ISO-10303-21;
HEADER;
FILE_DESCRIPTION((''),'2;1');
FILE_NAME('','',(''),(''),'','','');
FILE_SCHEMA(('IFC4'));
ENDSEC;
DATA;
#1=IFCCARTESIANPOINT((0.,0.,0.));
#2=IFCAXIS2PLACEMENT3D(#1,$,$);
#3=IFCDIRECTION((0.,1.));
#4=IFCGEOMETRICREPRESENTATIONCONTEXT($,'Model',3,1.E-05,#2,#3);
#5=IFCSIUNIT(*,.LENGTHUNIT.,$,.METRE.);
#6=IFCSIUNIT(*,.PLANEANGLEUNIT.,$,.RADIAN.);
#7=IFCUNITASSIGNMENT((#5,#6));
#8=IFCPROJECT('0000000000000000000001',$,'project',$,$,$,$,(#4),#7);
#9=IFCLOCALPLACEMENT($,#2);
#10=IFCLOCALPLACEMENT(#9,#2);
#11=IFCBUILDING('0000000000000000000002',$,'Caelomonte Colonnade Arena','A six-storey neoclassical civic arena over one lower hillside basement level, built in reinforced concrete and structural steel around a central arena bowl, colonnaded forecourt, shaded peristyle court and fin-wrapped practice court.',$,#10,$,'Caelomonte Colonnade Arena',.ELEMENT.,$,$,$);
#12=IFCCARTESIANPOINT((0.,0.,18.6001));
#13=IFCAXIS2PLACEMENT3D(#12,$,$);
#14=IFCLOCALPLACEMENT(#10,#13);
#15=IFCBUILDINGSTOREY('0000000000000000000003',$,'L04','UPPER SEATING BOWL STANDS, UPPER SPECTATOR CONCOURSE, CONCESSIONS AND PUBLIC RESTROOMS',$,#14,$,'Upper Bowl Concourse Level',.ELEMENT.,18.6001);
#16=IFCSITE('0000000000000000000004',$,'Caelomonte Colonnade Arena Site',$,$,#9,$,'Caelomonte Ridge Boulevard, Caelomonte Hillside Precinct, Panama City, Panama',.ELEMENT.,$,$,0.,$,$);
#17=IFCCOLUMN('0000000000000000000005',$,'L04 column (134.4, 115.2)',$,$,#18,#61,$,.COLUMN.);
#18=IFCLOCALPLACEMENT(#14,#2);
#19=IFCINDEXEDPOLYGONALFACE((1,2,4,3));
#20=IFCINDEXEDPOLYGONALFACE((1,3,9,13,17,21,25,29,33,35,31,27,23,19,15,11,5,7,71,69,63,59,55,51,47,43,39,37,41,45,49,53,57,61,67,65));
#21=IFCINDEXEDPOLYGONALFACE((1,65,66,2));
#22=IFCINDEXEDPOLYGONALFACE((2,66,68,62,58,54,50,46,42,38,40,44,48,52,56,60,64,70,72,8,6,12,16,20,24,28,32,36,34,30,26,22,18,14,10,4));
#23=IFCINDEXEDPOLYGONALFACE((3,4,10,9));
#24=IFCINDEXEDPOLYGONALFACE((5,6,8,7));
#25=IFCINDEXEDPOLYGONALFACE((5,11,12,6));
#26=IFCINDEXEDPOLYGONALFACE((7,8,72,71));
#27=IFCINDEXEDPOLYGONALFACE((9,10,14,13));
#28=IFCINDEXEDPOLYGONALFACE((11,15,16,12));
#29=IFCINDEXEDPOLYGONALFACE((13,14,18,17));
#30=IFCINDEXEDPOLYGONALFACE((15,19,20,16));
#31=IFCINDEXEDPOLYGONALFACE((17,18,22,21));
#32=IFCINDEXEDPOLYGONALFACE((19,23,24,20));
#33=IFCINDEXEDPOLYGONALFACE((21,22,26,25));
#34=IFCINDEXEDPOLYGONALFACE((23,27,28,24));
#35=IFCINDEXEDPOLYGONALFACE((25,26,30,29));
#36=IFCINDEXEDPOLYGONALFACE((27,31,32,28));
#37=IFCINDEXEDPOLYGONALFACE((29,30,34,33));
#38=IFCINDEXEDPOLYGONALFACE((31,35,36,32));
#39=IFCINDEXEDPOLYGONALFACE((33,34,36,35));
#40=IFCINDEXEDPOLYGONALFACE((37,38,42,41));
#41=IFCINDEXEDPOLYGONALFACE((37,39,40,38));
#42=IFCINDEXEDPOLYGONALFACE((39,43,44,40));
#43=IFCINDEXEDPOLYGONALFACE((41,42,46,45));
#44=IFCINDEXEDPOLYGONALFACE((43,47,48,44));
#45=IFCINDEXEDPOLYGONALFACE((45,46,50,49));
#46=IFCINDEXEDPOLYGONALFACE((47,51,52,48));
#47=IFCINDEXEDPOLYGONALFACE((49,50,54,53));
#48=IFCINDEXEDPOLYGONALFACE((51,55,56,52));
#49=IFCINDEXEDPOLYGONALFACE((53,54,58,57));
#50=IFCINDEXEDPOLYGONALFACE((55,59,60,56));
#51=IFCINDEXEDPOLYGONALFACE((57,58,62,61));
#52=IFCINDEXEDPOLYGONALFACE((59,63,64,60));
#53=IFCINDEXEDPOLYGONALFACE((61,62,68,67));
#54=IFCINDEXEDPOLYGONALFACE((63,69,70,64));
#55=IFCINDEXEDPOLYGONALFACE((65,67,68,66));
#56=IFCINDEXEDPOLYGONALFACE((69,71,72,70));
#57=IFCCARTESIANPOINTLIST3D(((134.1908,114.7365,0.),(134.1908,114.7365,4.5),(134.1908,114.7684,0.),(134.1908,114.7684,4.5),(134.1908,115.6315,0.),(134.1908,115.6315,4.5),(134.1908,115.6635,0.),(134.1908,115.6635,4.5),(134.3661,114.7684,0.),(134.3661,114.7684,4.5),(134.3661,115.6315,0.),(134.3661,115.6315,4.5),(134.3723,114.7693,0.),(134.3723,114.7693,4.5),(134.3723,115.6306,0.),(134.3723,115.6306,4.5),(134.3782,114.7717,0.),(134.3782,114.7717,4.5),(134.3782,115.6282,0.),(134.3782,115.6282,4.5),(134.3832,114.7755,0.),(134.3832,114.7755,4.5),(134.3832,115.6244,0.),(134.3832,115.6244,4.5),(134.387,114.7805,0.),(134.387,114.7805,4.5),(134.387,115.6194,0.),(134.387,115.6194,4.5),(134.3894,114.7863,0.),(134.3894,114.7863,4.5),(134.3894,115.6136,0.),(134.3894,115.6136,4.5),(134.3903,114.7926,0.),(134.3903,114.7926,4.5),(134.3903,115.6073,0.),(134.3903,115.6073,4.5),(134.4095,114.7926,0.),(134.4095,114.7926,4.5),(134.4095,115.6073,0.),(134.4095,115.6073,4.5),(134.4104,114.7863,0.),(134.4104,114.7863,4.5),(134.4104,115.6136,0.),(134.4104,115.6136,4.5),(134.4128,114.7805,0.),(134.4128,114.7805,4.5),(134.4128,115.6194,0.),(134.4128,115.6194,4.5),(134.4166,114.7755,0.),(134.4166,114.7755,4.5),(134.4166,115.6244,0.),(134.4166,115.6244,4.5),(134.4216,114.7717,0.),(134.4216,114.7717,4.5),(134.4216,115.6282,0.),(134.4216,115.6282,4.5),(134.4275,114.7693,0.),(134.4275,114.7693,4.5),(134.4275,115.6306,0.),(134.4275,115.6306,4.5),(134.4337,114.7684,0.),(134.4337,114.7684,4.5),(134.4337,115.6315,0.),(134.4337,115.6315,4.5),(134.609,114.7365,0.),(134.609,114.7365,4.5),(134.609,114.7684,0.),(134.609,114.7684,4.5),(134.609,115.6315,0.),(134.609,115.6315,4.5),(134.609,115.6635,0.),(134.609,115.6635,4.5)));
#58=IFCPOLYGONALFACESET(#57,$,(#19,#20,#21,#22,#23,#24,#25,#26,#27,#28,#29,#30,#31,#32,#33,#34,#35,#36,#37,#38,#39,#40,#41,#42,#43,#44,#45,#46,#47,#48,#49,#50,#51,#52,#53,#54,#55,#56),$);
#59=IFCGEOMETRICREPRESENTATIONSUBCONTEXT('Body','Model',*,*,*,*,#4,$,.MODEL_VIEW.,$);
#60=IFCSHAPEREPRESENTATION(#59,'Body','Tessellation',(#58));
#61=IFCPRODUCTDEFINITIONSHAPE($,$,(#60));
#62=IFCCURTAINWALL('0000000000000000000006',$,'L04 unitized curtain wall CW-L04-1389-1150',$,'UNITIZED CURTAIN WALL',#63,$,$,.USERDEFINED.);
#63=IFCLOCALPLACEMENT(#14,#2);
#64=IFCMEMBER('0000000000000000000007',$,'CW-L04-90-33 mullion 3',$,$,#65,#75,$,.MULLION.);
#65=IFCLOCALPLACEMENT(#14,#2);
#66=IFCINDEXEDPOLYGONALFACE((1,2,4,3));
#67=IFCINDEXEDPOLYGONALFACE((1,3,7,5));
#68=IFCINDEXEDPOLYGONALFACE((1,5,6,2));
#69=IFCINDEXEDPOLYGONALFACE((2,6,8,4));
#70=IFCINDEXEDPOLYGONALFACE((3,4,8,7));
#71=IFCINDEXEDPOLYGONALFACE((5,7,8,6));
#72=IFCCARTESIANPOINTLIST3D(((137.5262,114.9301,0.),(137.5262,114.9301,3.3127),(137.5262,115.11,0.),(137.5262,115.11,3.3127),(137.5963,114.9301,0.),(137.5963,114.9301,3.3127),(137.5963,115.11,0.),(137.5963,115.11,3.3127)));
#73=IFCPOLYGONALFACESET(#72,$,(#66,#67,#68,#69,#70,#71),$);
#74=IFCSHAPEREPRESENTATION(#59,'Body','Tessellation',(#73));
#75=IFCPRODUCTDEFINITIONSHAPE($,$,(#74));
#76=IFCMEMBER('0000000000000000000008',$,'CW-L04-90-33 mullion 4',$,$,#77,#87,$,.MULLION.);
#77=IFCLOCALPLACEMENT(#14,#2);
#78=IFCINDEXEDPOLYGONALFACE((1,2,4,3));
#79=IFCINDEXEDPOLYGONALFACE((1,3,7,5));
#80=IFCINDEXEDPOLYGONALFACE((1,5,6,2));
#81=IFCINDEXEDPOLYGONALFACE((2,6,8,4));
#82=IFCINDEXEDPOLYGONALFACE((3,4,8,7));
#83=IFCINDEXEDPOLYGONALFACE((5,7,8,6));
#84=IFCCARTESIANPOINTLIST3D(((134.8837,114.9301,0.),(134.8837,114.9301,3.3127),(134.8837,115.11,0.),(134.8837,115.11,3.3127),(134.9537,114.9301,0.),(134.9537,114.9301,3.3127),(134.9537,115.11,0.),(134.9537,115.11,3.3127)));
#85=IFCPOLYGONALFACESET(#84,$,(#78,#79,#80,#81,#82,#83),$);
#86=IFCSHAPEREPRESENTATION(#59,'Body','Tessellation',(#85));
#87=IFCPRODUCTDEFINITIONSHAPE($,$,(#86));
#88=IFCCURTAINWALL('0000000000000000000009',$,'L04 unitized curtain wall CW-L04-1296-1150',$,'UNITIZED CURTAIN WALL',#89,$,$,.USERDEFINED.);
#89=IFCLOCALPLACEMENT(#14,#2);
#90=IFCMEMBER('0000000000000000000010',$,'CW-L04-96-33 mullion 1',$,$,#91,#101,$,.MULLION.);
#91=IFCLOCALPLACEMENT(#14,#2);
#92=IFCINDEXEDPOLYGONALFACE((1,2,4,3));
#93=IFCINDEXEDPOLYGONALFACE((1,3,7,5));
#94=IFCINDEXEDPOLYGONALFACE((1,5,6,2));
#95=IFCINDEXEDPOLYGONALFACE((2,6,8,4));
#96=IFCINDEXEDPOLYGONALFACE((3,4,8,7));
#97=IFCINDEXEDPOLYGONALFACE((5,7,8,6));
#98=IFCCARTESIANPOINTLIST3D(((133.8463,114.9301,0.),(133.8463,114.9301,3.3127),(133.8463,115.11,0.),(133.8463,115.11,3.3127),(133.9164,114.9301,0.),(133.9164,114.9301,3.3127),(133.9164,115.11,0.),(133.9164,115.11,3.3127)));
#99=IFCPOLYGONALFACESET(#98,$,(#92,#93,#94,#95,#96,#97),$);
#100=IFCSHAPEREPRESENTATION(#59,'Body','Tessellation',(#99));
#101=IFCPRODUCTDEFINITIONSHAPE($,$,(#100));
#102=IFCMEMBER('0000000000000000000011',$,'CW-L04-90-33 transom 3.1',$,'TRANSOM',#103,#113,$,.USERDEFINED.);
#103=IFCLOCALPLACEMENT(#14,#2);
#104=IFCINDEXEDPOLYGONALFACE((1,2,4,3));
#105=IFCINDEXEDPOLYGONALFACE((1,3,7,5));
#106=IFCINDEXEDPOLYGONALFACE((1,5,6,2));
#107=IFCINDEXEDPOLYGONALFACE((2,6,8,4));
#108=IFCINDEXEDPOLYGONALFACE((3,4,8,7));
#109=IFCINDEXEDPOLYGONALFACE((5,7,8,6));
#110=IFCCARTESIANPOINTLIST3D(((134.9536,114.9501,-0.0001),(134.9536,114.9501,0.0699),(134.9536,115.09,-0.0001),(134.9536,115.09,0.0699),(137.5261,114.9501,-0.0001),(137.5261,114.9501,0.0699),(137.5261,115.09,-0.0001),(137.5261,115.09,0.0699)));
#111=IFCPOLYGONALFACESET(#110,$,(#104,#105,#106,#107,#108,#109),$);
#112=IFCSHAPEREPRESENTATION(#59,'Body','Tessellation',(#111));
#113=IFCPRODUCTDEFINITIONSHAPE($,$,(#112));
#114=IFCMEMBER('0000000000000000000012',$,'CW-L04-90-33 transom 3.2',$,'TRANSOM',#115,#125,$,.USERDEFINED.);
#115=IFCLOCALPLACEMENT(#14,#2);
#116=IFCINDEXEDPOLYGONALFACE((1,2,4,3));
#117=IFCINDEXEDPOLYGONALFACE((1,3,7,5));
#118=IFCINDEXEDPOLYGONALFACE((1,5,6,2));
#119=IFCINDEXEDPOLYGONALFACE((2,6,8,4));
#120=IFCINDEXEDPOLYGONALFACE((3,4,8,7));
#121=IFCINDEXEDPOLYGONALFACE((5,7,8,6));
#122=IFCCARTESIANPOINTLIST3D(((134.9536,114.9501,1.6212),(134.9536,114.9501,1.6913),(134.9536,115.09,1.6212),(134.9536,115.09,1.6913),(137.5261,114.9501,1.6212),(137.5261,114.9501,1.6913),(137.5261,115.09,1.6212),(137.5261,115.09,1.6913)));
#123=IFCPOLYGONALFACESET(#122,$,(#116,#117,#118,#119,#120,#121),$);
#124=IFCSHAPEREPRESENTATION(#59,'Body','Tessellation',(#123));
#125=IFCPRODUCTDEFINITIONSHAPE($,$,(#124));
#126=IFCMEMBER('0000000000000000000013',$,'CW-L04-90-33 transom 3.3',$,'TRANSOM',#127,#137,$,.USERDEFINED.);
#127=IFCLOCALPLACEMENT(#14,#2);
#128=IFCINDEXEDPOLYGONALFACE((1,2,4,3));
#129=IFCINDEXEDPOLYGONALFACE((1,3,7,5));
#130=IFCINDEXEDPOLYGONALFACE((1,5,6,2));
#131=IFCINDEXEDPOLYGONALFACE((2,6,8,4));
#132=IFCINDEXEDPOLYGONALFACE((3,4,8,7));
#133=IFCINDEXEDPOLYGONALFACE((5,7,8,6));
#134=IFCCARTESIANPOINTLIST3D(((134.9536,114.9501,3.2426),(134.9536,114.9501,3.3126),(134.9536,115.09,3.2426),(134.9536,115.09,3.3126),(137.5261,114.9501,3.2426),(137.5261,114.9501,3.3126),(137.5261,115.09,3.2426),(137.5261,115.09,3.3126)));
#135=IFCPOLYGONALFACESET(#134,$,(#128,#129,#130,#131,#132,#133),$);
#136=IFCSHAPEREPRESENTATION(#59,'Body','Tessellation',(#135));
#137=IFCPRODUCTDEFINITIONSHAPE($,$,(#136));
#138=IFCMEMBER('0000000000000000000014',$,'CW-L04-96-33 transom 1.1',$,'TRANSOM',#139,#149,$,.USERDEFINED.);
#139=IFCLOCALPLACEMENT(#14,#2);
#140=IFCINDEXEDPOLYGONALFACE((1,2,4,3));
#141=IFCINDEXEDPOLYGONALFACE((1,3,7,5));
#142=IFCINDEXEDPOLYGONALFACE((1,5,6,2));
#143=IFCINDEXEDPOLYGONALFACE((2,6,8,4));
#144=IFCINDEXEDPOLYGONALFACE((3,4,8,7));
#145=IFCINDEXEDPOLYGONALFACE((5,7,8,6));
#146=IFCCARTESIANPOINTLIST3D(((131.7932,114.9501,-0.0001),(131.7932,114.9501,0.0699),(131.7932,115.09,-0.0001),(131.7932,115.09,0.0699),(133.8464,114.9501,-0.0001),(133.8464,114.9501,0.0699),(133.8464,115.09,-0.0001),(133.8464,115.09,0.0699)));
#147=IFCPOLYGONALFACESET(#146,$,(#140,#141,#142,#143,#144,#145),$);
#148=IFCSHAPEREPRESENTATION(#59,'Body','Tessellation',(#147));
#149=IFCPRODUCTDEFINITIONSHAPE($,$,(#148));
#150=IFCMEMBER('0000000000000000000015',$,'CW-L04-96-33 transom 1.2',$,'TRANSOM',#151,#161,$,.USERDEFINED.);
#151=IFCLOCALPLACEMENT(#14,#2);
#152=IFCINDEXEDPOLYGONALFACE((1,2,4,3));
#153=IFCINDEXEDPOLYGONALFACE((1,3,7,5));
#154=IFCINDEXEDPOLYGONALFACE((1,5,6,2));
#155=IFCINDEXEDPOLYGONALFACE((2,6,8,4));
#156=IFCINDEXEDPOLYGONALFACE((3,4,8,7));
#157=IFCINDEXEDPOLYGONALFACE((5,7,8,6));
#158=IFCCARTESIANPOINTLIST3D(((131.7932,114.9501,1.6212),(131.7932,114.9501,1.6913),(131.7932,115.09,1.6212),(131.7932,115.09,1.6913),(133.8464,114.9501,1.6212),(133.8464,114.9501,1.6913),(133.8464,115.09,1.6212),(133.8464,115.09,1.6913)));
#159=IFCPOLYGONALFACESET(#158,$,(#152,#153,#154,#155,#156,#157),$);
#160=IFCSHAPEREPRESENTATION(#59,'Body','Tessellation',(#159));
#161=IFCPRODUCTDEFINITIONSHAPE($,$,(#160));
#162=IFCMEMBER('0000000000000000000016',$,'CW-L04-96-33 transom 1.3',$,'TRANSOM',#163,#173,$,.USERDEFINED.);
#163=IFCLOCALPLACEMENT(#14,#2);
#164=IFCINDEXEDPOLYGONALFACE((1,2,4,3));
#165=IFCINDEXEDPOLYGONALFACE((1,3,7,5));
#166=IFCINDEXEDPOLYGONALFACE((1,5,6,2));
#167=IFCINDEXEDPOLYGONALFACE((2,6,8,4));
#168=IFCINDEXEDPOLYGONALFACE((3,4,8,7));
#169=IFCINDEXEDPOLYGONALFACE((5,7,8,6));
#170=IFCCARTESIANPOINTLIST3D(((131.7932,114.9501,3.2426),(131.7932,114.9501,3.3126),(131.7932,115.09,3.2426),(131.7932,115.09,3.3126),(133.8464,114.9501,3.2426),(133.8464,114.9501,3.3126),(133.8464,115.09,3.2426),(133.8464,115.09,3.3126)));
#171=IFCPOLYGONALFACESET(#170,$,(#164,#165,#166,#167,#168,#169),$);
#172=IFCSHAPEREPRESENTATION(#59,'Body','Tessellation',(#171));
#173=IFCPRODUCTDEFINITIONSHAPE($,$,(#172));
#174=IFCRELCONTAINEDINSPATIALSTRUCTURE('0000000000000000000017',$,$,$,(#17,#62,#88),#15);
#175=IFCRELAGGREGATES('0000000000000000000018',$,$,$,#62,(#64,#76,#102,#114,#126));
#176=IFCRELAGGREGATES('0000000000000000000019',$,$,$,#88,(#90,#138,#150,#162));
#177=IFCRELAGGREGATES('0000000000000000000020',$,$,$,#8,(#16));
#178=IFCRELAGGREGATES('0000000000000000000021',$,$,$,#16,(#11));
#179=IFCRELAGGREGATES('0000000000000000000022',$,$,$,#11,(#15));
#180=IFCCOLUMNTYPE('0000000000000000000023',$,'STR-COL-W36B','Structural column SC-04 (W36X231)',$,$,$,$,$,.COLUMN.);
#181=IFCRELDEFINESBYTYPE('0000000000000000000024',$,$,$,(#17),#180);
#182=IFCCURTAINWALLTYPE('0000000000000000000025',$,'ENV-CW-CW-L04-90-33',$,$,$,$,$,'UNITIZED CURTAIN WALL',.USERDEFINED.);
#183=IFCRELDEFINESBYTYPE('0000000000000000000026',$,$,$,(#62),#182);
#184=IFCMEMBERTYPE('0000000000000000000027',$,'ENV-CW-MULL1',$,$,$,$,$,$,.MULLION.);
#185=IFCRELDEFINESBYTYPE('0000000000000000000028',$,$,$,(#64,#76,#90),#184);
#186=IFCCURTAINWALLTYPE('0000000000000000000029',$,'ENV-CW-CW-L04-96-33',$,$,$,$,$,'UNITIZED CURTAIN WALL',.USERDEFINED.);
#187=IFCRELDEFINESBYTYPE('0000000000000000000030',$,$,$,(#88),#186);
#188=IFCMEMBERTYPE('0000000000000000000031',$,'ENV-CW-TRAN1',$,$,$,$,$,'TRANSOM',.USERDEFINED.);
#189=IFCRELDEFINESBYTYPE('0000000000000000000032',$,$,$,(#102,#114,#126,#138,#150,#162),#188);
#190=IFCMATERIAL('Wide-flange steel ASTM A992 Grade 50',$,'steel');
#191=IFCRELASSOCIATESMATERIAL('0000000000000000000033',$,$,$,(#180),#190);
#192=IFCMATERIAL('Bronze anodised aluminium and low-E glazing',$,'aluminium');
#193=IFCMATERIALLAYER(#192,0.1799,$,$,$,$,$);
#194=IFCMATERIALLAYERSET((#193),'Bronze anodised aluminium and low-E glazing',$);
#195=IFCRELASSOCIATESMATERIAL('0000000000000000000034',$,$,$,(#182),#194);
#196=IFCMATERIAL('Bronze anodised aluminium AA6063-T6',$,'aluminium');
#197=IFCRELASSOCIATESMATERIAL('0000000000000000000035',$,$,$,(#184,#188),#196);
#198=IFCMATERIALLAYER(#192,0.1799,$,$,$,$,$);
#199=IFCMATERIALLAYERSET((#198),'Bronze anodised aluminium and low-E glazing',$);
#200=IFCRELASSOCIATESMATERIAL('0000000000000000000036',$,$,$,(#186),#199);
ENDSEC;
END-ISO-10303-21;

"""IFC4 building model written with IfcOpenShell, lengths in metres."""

from ifc_helpers import new_model, si_unit, direction, frame, origin, origin_2d, place, context, subcontext, project, spatial, rectangle, i_section, extrude, material, layer, layer_set, material_profile, profile_set, type_object, element, aggregate, save


model = new_model("IFC4")

# Units and contexts
model_context = context("Model", 3, precision=1e-05, world=origin(), true_north=direction((0.0, 1.0)))
body_context = subcontext(model_context, "Body", "Model", "MODEL_VIEW")
ifc_project = project(units=[si_unit("LENGTHUNIT", "METRE"), si_unit("PLANEANGLEUNIT", "RADIAN")], contexts=[model_context])

# Site, building, storey
site_placement = place(None, origin())
site = spatial("IfcSite", under=ifc_project, at=site_placement, Name="Caelomonte Colonnade Arena Site", LongName="Caelomonte Ridge Boulevard, Caelomonte Hillside Precinct, Panama City, Panama", CompositionType="ELEMENT", RefElevation=0.0)
building_placement = place(site_placement, origin())
building = spatial("IfcBuilding", under=site, at=building_placement, Name="Caelomonte Colonnade Arena", Description="A six-storey neoclassical civic arena over one lower hillside basement level, built in reinforced concrete and structural steel around a central arena bowl, colonnaded forecourt, shaded peristyle court and fin-wrapped practice court.", LongName="Caelomonte Colonnade Arena", CompositionType="ELEMENT")
storey_placement = place(building_placement, frame((0.0, 0.0, 18.6001)))
storey = spatial("IfcBuildingStorey", under=building, at=storey_placement, Name="L04", Description="UPPER SEATING BOWL STANDS, UPPER SPECTATOR CONCOURSE, CONCESSIONS AND PUBLIC RESTROOMS", LongName="Upper Bowl Concourse Level", CompositionType="ELEMENT", Elevation=18.6001)

# Column
ifc_material_1 = material(Name="Wide-flange steel ASTM A992 Grade 50", Category="steel")
ifc_material_profile_1 = material_profile(ifc_material_1, i_section(OverallWidth=0.4182, OverallDepth=0.927, WebThickness=0.0193, FlangeThickness=0.032, FilletRadius=0.0242, at=origin_2d()), Name="W36X231")
ifc_profile_set_1 = profile_set([ifc_material_profile_1], Name="Wide-flange steel ASTM A992 Grade 50")
column_type = type_object("IfcColumnType", Name="STR-COL-W36B", Description="Structural column SC-04 (W36X231)", PredefinedType="COLUMN", material=ifc_profile_set_1)
column_placement = place(storey_placement, frame((134.3999, 115.2, 0.0), z_axis=(0.0, 0.0, 1.0), x_axis=(1.0, 0.0, 0.0)))
element("IfcColumn", 1, at=column_placement, inside=storey, type_object=column_type, Name="L04 column (134.4, 115.2)", PredefinedType="COLUMN", context=body_context, shape_type="SweptSolid", body=[
    extrude(i_section(OverallWidth=0.4182, OverallDepth=0.927, WebThickness=0.0193, FlangeThickness=0.032, FilletRadius=0.0242, at=origin_2d()), origin(), (0.0, 0.0, 1.0), 4.5),
])

# Curtain wall, members
ifc_material_2 = material(Name="Bronze anodised aluminium and low-E glazing", Category="aluminium")
ifc_layer_1 = layer(ifc_material_2, 0.1799)
ifc_layer_set_1 = layer_set([ifc_layer_1], Name="Bronze anodised aluminium and low-E glazing")
curtain_wall_type_1 = type_object("IfcCurtainWallType", Name="ENV-CW-CW-L04-90-33", ElementType="UNITIZED CURTAIN WALL", PredefinedType="USERDEFINED", material=ifc_layer_set_1)
curtain_wall_1_placement = place(storey_placement, origin())
curtain_wall_1 = element("IfcCurtainWall", 2, at=curtain_wall_1_placement, inside=storey, type_object=curtain_wall_type_1, Name="L04 unitized curtain wall CW-L04-1389-1150", ObjectType="UNITIZED CURTAIN WALL", PredefinedType="USERDEFINED")
ifc_material_3 = material(Name="Bronze anodised aluminium AA6063-T6", Category="aluminium")
ifc_material_profile_2 = material_profile(ifc_material_3, rectangle(XDim=0.0701, YDim=0.1799, at=origin_2d()), Name="CWM-70X180")
ifc_profile_set_2 = profile_set([ifc_material_profile_2], Name="Bronze anodised aluminium AA6063-T6")
member_type_1 = type_object("IfcMemberType", Name="ENV-CW-MULL1", PredefinedType="MULLION", material=ifc_profile_set_2)
member_1_placement = place(storey_placement, frame((137.5613, 115.02, 0.0), z_axis=(0.0, 0.0, 1.0), x_axis=(-1.0, 0.0, 0.0)))
member_1 = element("IfcMember", 3, at=member_1_placement, type_object=member_type_1, Name="CW-L04-90-33 mullion 3", PredefinedType="MULLION", context=body_context, shape_type="SweptSolid", body=[
    extrude(rectangle(XDim=0.0701, YDim=0.1799, at=origin_2d()), origin(), (0.0, 0.0, 1.0), 3.3127),
])
member_2_placement = place(storey_placement, frame((134.9187, 115.02, 0.0), z_axis=(0.0, 0.0, 1.0), x_axis=(-1.0, 0.0, 0.0)))
member_2 = element("IfcMember", 4, at=member_2_placement, type_object=member_type_1, Name="CW-L04-90-33 mullion 4", PredefinedType="MULLION", context=body_context, shape_type="SweptSolid", body=[
    extrude(rectangle(XDim=0.0701, YDim=0.1799, at=origin_2d()), origin(), (0.0, 0.0, 1.0), 3.3127),
])

# Curtain wall, member
ifc_layer_2 = layer(ifc_material_2, 0.1799)
ifc_layer_set_2 = layer_set([ifc_layer_2], Name="Bronze anodised aluminium and low-E glazing")
curtain_wall_type_2 = type_object("IfcCurtainWallType", Name="ENV-CW-CW-L04-96-33", ElementType="UNITIZED CURTAIN WALL", PredefinedType="USERDEFINED", material=ifc_layer_set_2)
curtain_wall_2_placement = place(storey_placement, origin())
curtain_wall_2 = element("IfcCurtainWall", 5, at=curtain_wall_2_placement, inside=storey, type_object=curtain_wall_type_2, Name="L04 unitized curtain wall CW-L04-1296-1150", ObjectType="UNITIZED CURTAIN WALL", PredefinedType="USERDEFINED")
member_3_placement = place(storey_placement, frame((133.8813, 115.02, 0.0), z_axis=(0.0, 0.0, 1.0), x_axis=(-1.0, 0.0, 0.0)))
member_3 = element("IfcMember", 6, at=member_3_placement, type_object=member_type_1, Name="CW-L04-96-33 mullion 1", PredefinedType="MULLION", context=body_context, shape_type="SweptSolid", body=[
    extrude(rectangle(XDim=0.0701, YDim=0.1799, at=origin_2d()), origin(), (0.0, 0.0, 1.0), 3.3127),
])

# Members
ifc_material_profile_3 = material_profile(ifc_material_3, rectangle(XDim=0.0701, YDim=0.1399, at=origin_2d()), Name="CWT-70X140")
ifc_profile_set_3 = profile_set([ifc_material_profile_3], Name="Bronze anodised aluminium AA6063-T6")
member_type_2 = type_object("IfcMemberType", Name="ENV-CW-TRAN1", ElementType="TRANSOM", PredefinedType="USERDEFINED", material=ifc_profile_set_3)
member_4_placement = place(storey_placement, frame((137.5261, 115.02, 0.0349), z_axis=(-1.0, 0.0, 0.0), x_axis=(0.0, 0.0, 1.0)))
member_4 = element("IfcMember", 7, at=member_4_placement, type_object=member_type_2, Name="CW-L04-90-33 transom 3.1", ObjectType="TRANSOM", PredefinedType="USERDEFINED", context=body_context, shape_type="SweptSolid", body=[
    extrude(rectangle(XDim=0.0701, YDim=0.1399, at=origin_2d()), origin(), (0.0, 0.0, 1.0), 2.5725),
])
member_5_placement = place(storey_placement, frame((137.5261, 115.02, 1.6562), z_axis=(-1.0, 0.0, 0.0), x_axis=(0.0, 0.0, 1.0)))
member_5 = element("IfcMember", 8, at=member_5_placement, type_object=member_type_2, Name="CW-L04-90-33 transom 3.2", ObjectType="TRANSOM", PredefinedType="USERDEFINED", context=body_context, shape_type="SweptSolid", body=[
    extrude(rectangle(XDim=0.0701, YDim=0.1399, at=origin_2d()), origin(), (0.0, 0.0, 1.0), 2.5725),
])
member_6_placement = place(storey_placement, frame((137.5261, 115.02, 3.2776), z_axis=(-1.0, 0.0, 0.0), x_axis=(0.0, 0.0, 1.0)))
member_6 = element("IfcMember", 9, at=member_6_placement, type_object=member_type_2, Name="CW-L04-90-33 transom 3.3", ObjectType="TRANSOM", PredefinedType="USERDEFINED", context=body_context, shape_type="SweptSolid", body=[
    extrude(rectangle(XDim=0.0701, YDim=0.1399, at=origin_2d()), origin(), (0.0, 0.0, 1.0), 2.5725),
])
member_7_placement = place(storey_placement, frame((133.8464, 115.02, 0.0349), z_axis=(-1.0, 0.0, 0.0), x_axis=(0.0, 0.0, 1.0)))
member_7 = element("IfcMember", 10, at=member_7_placement, type_object=member_type_2, Name="CW-L04-96-33 transom 1.1", ObjectType="TRANSOM", PredefinedType="USERDEFINED", context=body_context, shape_type="SweptSolid", body=[
    extrude(rectangle(XDim=0.0701, YDim=0.1399, at=origin_2d()), origin(), (0.0, 0.0, 1.0), 2.0532),
])
member_8_placement = place(storey_placement, frame((133.8464, 115.02, 1.6562), z_axis=(-1.0, 0.0, 0.0), x_axis=(0.0, 0.0, 1.0)))
member_8 = element("IfcMember", 11, at=member_8_placement, type_object=member_type_2, Name="CW-L04-96-33 transom 1.2", ObjectType="TRANSOM", PredefinedType="USERDEFINED", context=body_context, shape_type="SweptSolid", body=[
    extrude(rectangle(XDim=0.0701, YDim=0.1399, at=origin_2d()), origin(), (0.0, 0.0, 1.0), 2.0532),
])
member_9_placement = place(storey_placement, frame((133.8464, 115.02, 3.2776), z_axis=(-1.0, 0.0, 0.0), x_axis=(0.0, 0.0, 1.0)))
member_9 = element("IfcMember", 12, at=member_9_placement, type_object=member_type_2, Name="CW-L04-96-33 transom 1.3", ObjectType="TRANSOM", PredefinedType="USERDEFINED", context=body_context, shape_type="SweptSolid", body=[
    extrude(rectangle(XDim=0.0701, YDim=0.1399, at=origin_2d()), origin(), (0.0, 0.0, 1.0), 2.0532),
])

aggregate(curtain_wall_1, [member_1, member_2, member_4, member_5, member_6])
aggregate(curtain_wall_2, [member_3, member_7, member_8, member_9])

save(model, "model.ifc")
